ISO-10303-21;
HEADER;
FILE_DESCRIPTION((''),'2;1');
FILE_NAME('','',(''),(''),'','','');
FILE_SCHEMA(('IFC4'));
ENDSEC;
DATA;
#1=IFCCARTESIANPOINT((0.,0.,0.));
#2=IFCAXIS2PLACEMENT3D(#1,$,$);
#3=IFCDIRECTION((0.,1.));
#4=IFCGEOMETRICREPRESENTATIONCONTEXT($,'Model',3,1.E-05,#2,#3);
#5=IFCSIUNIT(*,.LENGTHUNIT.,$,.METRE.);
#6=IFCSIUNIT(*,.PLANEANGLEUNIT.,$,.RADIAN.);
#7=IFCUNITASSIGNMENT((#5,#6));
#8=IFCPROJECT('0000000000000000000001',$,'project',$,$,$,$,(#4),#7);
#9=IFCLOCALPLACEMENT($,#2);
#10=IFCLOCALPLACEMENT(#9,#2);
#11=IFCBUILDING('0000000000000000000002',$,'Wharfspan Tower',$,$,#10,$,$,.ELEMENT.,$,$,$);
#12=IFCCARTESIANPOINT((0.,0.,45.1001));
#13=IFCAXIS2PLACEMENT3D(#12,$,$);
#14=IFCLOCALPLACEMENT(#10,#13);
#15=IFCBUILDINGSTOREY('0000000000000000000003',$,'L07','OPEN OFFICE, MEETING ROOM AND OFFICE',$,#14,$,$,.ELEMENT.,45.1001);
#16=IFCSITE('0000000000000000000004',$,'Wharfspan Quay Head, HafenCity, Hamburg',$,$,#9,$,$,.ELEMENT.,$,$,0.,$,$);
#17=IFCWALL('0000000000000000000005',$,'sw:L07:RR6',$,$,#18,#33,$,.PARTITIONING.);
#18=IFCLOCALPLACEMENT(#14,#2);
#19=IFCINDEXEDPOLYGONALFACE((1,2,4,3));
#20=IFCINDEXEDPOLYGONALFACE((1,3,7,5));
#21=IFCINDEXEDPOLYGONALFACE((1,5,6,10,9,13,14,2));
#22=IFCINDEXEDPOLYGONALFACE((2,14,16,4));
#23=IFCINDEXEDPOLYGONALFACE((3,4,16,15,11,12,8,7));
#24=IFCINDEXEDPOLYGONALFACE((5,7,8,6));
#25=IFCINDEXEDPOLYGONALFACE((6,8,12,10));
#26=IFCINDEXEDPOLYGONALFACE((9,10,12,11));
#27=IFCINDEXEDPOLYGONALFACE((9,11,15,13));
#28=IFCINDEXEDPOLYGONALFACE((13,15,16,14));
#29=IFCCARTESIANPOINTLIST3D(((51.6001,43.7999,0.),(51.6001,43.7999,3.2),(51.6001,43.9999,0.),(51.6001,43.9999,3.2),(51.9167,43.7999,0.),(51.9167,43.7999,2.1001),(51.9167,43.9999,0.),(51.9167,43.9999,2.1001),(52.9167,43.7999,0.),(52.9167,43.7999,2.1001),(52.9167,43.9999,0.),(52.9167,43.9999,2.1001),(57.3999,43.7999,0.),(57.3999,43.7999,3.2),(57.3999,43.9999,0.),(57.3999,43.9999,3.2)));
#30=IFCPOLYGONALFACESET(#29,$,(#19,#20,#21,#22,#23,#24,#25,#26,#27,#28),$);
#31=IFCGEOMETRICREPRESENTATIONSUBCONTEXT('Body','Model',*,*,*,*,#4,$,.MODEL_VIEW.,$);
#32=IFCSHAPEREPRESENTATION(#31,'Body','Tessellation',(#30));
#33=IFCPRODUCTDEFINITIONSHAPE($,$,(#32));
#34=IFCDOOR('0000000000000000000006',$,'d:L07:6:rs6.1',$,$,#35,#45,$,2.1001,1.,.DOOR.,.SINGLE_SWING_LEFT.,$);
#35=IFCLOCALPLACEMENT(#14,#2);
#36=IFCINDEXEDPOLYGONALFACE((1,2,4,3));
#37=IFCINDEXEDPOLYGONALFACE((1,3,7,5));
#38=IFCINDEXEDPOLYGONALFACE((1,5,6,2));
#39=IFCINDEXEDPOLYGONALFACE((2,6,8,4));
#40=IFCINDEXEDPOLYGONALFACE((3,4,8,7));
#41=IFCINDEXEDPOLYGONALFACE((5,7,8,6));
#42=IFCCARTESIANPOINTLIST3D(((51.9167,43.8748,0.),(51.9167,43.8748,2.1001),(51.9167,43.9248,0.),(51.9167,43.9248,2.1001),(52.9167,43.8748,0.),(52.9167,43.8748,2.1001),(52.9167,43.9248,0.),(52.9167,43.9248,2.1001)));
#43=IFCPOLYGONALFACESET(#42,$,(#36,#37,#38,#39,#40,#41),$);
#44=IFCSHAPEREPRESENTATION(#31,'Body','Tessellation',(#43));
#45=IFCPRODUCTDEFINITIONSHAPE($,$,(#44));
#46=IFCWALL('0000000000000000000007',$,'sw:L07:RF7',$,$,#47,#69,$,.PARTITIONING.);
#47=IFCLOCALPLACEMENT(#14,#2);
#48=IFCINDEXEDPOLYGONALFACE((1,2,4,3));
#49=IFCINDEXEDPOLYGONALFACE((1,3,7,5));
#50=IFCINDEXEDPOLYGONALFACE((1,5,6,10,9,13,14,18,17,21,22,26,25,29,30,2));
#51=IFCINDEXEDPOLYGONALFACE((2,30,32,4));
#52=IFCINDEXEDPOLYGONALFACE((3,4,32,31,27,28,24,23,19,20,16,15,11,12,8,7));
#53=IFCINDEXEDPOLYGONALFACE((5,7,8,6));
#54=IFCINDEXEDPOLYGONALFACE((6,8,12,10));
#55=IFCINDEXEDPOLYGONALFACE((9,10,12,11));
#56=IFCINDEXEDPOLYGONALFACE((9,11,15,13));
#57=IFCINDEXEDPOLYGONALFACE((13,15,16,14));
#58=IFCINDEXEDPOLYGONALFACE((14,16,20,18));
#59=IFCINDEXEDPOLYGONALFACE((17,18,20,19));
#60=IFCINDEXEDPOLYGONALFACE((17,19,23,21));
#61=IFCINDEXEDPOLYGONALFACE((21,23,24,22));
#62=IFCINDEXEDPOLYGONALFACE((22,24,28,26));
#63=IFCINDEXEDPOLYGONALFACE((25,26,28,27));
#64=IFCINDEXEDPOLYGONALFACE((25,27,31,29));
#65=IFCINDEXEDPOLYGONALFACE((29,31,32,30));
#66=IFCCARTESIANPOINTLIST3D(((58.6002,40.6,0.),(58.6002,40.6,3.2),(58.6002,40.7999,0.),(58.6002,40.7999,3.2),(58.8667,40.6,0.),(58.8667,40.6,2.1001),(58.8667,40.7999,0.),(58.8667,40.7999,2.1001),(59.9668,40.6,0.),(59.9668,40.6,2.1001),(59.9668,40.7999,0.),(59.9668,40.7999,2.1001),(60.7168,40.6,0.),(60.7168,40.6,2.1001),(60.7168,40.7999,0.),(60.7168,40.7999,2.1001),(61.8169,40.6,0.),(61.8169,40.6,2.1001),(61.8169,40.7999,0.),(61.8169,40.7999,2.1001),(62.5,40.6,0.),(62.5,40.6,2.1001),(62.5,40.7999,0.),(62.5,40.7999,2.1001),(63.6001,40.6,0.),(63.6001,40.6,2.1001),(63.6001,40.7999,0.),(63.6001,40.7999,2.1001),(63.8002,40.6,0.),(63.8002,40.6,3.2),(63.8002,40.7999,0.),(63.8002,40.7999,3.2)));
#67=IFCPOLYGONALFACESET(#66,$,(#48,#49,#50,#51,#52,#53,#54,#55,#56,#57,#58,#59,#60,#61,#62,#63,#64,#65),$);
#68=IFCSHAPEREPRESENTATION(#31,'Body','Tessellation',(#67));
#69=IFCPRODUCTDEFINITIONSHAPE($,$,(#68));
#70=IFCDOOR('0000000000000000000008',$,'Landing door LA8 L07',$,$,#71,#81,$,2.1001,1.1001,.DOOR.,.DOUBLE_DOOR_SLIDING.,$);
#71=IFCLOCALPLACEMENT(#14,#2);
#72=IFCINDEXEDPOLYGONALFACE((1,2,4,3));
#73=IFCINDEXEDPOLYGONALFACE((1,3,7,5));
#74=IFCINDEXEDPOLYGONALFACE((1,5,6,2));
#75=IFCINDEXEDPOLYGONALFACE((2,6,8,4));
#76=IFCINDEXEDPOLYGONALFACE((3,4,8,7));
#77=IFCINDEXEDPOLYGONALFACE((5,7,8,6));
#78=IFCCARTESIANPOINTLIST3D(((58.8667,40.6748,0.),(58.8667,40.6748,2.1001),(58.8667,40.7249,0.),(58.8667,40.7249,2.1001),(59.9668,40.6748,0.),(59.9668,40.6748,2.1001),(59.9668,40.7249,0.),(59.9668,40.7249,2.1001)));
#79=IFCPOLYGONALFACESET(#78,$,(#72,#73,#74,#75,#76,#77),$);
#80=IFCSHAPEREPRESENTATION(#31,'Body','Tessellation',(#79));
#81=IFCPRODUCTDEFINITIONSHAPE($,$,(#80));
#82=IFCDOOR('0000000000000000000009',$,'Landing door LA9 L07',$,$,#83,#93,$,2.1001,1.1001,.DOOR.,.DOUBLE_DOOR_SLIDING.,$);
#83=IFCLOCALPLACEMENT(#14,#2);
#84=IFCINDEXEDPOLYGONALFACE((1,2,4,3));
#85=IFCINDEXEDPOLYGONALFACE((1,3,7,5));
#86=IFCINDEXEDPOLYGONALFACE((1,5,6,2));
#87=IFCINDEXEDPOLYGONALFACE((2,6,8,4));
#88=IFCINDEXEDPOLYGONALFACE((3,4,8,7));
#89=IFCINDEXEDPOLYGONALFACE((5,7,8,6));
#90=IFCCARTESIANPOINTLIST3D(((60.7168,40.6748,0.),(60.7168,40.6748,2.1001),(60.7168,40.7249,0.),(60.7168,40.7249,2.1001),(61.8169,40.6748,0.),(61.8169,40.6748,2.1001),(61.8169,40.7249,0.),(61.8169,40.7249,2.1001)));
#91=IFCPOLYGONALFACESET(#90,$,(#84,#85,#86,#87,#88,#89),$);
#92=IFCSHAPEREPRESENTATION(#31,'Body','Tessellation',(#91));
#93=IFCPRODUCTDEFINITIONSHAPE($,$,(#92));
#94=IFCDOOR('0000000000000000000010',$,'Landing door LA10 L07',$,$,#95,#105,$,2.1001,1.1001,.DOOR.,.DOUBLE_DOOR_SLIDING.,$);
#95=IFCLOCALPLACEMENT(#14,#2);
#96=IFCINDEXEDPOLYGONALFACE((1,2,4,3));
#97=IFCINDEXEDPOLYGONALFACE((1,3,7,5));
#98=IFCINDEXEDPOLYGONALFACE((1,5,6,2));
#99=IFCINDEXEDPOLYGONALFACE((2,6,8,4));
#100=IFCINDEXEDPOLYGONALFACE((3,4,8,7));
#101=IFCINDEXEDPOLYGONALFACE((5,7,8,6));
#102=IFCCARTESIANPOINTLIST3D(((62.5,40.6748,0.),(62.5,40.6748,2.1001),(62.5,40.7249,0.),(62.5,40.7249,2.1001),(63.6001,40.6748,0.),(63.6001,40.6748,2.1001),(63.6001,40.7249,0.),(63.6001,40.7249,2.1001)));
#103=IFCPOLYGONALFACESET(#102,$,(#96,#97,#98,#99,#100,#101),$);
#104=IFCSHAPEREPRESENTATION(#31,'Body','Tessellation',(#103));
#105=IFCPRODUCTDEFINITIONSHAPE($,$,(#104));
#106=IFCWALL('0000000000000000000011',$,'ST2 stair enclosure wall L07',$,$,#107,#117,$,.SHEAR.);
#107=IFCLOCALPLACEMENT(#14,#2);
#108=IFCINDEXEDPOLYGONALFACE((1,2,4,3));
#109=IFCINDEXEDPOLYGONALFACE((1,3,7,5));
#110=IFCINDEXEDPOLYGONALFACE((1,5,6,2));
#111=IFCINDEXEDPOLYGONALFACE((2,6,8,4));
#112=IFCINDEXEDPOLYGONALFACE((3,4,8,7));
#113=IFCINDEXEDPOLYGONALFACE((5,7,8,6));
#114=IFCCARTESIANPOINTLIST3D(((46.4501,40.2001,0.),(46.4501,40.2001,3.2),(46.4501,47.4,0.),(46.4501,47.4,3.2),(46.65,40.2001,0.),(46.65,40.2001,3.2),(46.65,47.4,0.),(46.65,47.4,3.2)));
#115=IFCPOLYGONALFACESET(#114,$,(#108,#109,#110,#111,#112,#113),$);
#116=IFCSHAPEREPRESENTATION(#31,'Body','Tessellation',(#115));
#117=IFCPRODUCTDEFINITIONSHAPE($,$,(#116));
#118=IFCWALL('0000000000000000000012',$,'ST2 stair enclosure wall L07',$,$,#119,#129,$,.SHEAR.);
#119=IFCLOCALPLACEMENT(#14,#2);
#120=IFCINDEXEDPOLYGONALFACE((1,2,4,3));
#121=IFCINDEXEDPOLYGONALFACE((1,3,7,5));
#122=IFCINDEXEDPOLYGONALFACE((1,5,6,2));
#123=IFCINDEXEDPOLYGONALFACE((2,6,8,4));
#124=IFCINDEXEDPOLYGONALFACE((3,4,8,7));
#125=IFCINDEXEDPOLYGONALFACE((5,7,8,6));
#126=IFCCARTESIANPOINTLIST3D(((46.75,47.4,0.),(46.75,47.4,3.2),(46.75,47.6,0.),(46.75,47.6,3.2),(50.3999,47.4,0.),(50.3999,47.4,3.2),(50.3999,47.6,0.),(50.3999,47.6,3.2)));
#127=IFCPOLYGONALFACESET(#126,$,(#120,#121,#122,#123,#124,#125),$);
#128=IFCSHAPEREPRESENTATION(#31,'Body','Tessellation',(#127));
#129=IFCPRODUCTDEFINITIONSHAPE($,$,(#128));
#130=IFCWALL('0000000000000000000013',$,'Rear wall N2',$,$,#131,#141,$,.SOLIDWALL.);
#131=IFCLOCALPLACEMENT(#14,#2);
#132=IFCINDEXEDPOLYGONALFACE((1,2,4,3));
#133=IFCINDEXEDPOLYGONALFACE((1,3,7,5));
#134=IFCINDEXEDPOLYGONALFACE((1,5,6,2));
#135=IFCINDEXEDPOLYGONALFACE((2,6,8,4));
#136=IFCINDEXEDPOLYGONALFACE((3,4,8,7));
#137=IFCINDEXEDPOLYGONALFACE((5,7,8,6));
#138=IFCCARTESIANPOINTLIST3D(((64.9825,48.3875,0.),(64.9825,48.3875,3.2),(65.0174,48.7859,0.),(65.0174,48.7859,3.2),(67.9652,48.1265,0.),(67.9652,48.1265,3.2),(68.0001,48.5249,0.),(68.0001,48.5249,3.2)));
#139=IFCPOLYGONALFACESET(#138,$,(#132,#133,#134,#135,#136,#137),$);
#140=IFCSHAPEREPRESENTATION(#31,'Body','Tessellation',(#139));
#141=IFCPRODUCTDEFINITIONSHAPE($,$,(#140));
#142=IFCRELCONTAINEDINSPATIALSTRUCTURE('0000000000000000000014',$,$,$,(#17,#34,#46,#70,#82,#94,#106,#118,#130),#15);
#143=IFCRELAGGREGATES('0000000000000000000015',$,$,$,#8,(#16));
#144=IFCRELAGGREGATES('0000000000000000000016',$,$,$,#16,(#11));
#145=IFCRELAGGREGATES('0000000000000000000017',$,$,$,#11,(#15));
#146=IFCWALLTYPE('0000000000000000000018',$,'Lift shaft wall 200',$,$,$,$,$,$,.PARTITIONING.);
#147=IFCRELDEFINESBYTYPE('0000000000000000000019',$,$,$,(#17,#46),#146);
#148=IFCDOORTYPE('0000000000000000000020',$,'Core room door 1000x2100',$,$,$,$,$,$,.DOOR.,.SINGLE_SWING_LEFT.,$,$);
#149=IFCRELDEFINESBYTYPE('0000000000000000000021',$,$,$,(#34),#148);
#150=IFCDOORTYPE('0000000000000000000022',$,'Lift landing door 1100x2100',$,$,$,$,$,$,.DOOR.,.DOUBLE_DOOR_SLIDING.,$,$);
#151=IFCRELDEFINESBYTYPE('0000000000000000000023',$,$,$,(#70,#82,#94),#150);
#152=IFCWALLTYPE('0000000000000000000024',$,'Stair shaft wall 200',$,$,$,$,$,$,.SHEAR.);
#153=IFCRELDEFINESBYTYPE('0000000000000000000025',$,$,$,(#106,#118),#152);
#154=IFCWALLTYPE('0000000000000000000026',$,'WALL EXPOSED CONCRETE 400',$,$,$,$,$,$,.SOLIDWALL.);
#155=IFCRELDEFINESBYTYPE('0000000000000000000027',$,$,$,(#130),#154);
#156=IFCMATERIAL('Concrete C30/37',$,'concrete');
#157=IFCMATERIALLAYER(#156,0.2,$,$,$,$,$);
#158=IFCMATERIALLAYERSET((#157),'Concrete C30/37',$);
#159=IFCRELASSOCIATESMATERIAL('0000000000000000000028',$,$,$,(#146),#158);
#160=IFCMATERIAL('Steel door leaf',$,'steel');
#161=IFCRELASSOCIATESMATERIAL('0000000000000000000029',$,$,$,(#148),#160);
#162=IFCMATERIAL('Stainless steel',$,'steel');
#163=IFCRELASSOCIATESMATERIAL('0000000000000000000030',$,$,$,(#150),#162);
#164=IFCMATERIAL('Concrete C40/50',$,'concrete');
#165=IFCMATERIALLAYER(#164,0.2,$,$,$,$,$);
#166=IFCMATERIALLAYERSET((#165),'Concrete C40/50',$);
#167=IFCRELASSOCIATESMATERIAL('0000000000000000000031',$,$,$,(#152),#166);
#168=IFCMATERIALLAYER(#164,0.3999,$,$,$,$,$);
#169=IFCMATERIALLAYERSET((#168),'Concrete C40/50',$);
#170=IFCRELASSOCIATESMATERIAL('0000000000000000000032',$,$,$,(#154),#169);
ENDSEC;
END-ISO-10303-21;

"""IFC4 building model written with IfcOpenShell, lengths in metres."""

from ifc_helpers import new_model, si_unit, direction, frame, frame_2d, origin, place, context, subcontext, project, spatial, rectangle, extrude, material, layer, layer_set, type_object, element, fill, save


model = new_model("IFC4")

# Units and contexts
model_context = context("Model", 3, precision=1e-05, world=origin(), true_north=direction((0.0, 1.0)))
body_context = subcontext(model_context, "Body", "Model", "MODEL_VIEW")
ifc_project = project(units=[si_unit("LENGTHUNIT", "METRE"), si_unit("PLANEANGLEUNIT", "RADIAN")], contexts=[model_context])

# Site, building, storey
site_placement = place(None, origin())
site = spatial("IfcSite", under=ifc_project, at=site_placement, Name="Wharfspan Quay Head, HafenCity, Hamburg", CompositionType="ELEMENT", RefElevation=0.0)
building_placement = place(site_placement, origin())
building = spatial("IfcBuilding", under=site, at=building_placement, Name="Wharfspan Tower", CompositionType="ELEMENT")
storey_placement = place(building_placement, frame((0.0, 0.0, 45.1001)))
storey = spatial("IfcBuildingStorey", under=building, at=storey_placement, Name="L07", Description="OPEN OFFICE, MEETING ROOM AND OFFICE", CompositionType="ELEMENT", Elevation=45.1001)

# Wall, opening, door
ifc_material_1 = material(Name="Concrete C30/37", Category="concrete")
ifc_layer_1 = layer(ifc_material_1, 0.2)
ifc_layer_set_1 = layer_set([ifc_layer_1], Name="Concrete C30/37")
wall_type_1 = type_object("IfcWallType", Name="Lift shaft wall 200", PredefinedType="PARTITIONING", material=ifc_layer_set_1)
ifc_material_2 = material(Name="Steel door leaf", Category="steel")
door_type_1 = type_object("IfcDoorType", Name="Core room door 1000x2100", OperationType="SINGLE_SWING_LEFT", PredefinedType="DOOR", material=ifc_material_2)
wall_1_placement = place(storey_placement, frame((51.6001, 43.8999, 0.0), z_axis=(0.0, 0.0, 1.0), x_axis=(1.0, 0.0, 0.0)))
wall_1 = element("IfcWall", 1, at=wall_1_placement, inside=storey, type_object=wall_type_1, Name="sw:L07:RR6", PredefinedType="PARTITIONING", context=body_context, shape_type="SweptSolid", body=[
    extrude(rectangle(XDim=5.7998, YDim=0.2, at=frame_2d((2.8999, 0.0))), origin(), (0.0, 0.0, 1.0), 3.2),
])
opening_1_placement = place(wall_1_placement, frame((0.3166, 0.0, 0.0)))
opening_1 = element("IfcOpeningElement", 2, at=opening_1_placement, cuts=wall_1, PredefinedType="OPENING", context=body_context, shape_type="SweptSolid", body=[
    extrude(rectangle(XDim=1.0, YDim=2.1001, at=frame_2d((0.5, 1.05))), frame((0.0, 0.1099, 0.0), z_axis=(0.0, -1.0, 0.0), x_axis=(1.0, 0.0, 0.0)), (0.0, 0.0, 1.0), 0.22),
])
door_1_placement = place(opening_1_placement, origin())
door_1 = element("IfcDoor", 3, at=door_1_placement, inside=storey, type_object=door_type_1, Name="d:L07:6:rs6.1", OperationType="SINGLE_SWING_LEFT", OverallHeight=2.1001, OverallWidth=1.0, PredefinedType="DOOR", context=body_context, shape_type="SweptSolid", body=[
    extrude(rectangle(XDim=1.0, YDim=2.1001, at=frame_2d((0.5, 1.05))), frame((0.0, 0.0249, 0.0), z_axis=(0.0, -1.0, 0.0), x_axis=(1.0, 0.0, 0.0)), (0.0, 0.0, 1.0), 0.05),
])
fill(opening_1, door_1)

# Wall, openings, doors
wall_2_placement = place(storey_placement, frame((58.6001, 40.7, 0.0), z_axis=(0.0, 0.0, 1.0), x_axis=(1.0, 0.0, 0.0)))
wall_2 = element("IfcWall", 4, at=wall_2_placement, inside=storey, type_object=wall_type_1, Name="sw:L07:RF7", PredefinedType="PARTITIONING", context=body_context, shape_type="SweptSolid", body=[
    extrude(rectangle(XDim=5.2, YDim=0.2, at=frame_2d((2.6001, 0.0))), origin(), (0.0, 0.0, 1.0), 3.2),
])
opening_2_placement = place(wall_2_placement, frame((0.2666, 0.0, 0.0)))
opening_2 = element("IfcOpeningElement", 5, at=opening_2_placement, cuts=wall_2, PredefinedType="OPENING", context=body_context, shape_type="SweptSolid", body=[
    extrude(rectangle(XDim=1.1001, YDim=2.1001, at=frame_2d((0.55, 1.05))), frame((0.0, 0.1099, 0.0), z_axis=(0.0, -1.0, 0.0), x_axis=(1.0, 0.0, 0.0)), (0.0, 0.0, 1.0), 0.22),
])
opening_3_placement = place(wall_2_placement, frame((2.1167, 0.0, 0.0)))
opening_3 = element("IfcOpeningElement", 6, at=opening_3_placement, cuts=wall_2, PredefinedType="OPENING", context=body_context, shape_type="SweptSolid", body=[
    extrude(rectangle(XDim=1.1001, YDim=2.1001, at=frame_2d((0.55, 1.05))), frame((0.0, 0.1099, 0.0), z_axis=(0.0, -1.0, 0.0), x_axis=(1.0, 0.0, 0.0)), (0.0, 0.0, 1.0), 0.22),
])
opening_4_placement = place(wall_2_placement, frame((3.8999, 0.0, 0.0)))
opening_4 = element("IfcOpeningElement", 7, at=opening_4_placement, cuts=wall_2, PredefinedType="OPENING", context=body_context, shape_type="SweptSolid", body=[
    extrude(rectangle(XDim=1.1001, YDim=2.1001, at=frame_2d((0.55, 1.05))), frame((0.0, 0.1099, 0.0), z_axis=(0.0, -1.0, 0.0), x_axis=(1.0, 0.0, 0.0)), (0.0, 0.0, 1.0), 0.22),
])
ifc_material_3 = material(Name="Stainless steel", Category="steel")
door_type_2 = type_object("IfcDoorType", Name="Lift landing door 1100x2100", OperationType="DOUBLE_DOOR_SLIDING", PredefinedType="DOOR", material=ifc_material_3)
door_2_placement = place(opening_2_placement, origin())
door_2 = element("IfcDoor", 8, at=door_2_placement, inside=storey, type_object=door_type_2, Name="Landing door LA8 L07", OperationType="DOUBLE_DOOR_SLIDING", OverallHeight=2.1001, OverallWidth=1.1001, PredefinedType="DOOR", context=body_context, shape_type="SweptSolid", body=[
    extrude(rectangle(XDim=1.1001, YDim=2.1001, at=frame_2d((0.55, 1.05))), frame((0.0, 0.0249, 0.0), z_axis=(0.0, -1.0, 0.0), x_axis=(1.0, 0.0, 0.0)), (0.0, 0.0, 1.0), 0.05),
])
fill(opening_2, door_2)
door_3_placement = place(opening_3_placement, origin())
door_3 = element("IfcDoor", 9, at=door_3_placement, inside=storey, type_object=door_type_2, Name="Landing door LA9 L07", OperationType="DOUBLE_DOOR_SLIDING", OverallHeight=2.1001, OverallWidth=1.1001, PredefinedType="DOOR", context=body_context, shape_type="SweptSolid", body=[
    extrude(rectangle(XDim=1.1001, YDim=2.1001, at=frame_2d((0.55, 1.05))), frame((0.0, 0.0249, 0.0), z_axis=(0.0, -1.0, 0.0), x_axis=(1.0, 0.0, 0.0)), (0.0, 0.0, 1.0), 0.05),
])
fill(opening_3, door_3)
door_4_placement = place(opening_4_placement, origin())
door_4 = element("IfcDoor", 10, at=door_4_placement, inside=storey, type_object=door_type_2, Name="Landing door LA10 L07", OperationType="DOUBLE_DOOR_SLIDING", OverallHeight=2.1001, OverallWidth=1.1001, PredefinedType="DOOR", context=body_context, shape_type="SweptSolid", body=[
    extrude(rectangle(XDim=1.1001, YDim=2.1001, at=frame_2d((0.55, 1.05))), frame((0.0, 0.0249, 0.0), z_axis=(0.0, -1.0, 0.0), x_axis=(1.0, 0.0, 0.0)), (0.0, 0.0, 1.0), 0.05),
])
fill(opening_4, door_4)

# Walls
ifc_material_4 = material(Name="Concrete C40/50", Category="concrete")
ifc_layer_2 = layer(ifc_material_4, 0.2)
ifc_layer_set_2 = layer_set([ifc_layer_2], Name="Concrete C40/50")
wall_type_2 = type_object("IfcWallType", Name="Stair shaft wall 200", PredefinedType="SHEAR", material=ifc_layer_set_2)
wall_3_placement = place(storey_placement, frame((46.55, 40.2, 0.0), z_axis=(0.0, 0.0, 1.0), x_axis=(0.0, 1.0, 0.0)))
element("IfcWall", 11, at=wall_3_placement, inside=storey, type_object=wall_type_2, Name="ST2 stair enclosure wall L07", PredefinedType="SHEAR", context=body_context, shape_type="SweptSolid", body=[
    extrude(rectangle(XDim=7.2, YDim=0.2, at=frame_2d((3.6001, 0.0))), origin(), (0.0, 0.0, 1.0), 3.2),
])
wall_4_placement = place(storey_placement, frame((46.75, 47.5, 0.0), z_axis=(0.0, 0.0, 1.0), x_axis=(1.0, 0.0, 0.0)))
element("IfcWall", 12, at=wall_4_placement, inside=storey, type_object=wall_type_2, Name="ST2 stair enclosure wall L07", PredefinedType="SHEAR", context=body_context, shape_type="SweptSolid", body=[
    extrude(rectangle(XDim=3.6499, YDim=0.2, at=frame_2d((1.825, 0.0))), origin(), (0.0, 0.0, 1.0), 3.2),
])
ifc_layer_3 = layer(ifc_material_4, 0.3999)
ifc_layer_set_3 = layer_set([ifc_layer_3], Name="Concrete C40/50")
wall_type_3 = type_object("IfcWallType", Name="WALL EXPOSED CONCRETE 400", PredefinedType="SOLIDWALL", material=ifc_layer_set_3)
wall_5_placement = place(storey_placement, frame((67.9827, 48.3257, 0.0), z_axis=(0.0, 0.0, 1.0), x_axis=(-0.996194, 0.087168, 0.0)))
element("IfcWall", 13, at=wall_5_placement, inside=storey, type_object=wall_type_3, Name="Rear wall N2", PredefinedType="SOLIDWALL", context=body_context, shape_type="SweptSolid", body=[
    extrude(rectangle(XDim=2.9941, YDim=0.3999, at=frame_2d((1.4971, 0.0))), origin(), (0.0, 0.0, 1.0), 3.2),
])

save(model, "model.ifc")
